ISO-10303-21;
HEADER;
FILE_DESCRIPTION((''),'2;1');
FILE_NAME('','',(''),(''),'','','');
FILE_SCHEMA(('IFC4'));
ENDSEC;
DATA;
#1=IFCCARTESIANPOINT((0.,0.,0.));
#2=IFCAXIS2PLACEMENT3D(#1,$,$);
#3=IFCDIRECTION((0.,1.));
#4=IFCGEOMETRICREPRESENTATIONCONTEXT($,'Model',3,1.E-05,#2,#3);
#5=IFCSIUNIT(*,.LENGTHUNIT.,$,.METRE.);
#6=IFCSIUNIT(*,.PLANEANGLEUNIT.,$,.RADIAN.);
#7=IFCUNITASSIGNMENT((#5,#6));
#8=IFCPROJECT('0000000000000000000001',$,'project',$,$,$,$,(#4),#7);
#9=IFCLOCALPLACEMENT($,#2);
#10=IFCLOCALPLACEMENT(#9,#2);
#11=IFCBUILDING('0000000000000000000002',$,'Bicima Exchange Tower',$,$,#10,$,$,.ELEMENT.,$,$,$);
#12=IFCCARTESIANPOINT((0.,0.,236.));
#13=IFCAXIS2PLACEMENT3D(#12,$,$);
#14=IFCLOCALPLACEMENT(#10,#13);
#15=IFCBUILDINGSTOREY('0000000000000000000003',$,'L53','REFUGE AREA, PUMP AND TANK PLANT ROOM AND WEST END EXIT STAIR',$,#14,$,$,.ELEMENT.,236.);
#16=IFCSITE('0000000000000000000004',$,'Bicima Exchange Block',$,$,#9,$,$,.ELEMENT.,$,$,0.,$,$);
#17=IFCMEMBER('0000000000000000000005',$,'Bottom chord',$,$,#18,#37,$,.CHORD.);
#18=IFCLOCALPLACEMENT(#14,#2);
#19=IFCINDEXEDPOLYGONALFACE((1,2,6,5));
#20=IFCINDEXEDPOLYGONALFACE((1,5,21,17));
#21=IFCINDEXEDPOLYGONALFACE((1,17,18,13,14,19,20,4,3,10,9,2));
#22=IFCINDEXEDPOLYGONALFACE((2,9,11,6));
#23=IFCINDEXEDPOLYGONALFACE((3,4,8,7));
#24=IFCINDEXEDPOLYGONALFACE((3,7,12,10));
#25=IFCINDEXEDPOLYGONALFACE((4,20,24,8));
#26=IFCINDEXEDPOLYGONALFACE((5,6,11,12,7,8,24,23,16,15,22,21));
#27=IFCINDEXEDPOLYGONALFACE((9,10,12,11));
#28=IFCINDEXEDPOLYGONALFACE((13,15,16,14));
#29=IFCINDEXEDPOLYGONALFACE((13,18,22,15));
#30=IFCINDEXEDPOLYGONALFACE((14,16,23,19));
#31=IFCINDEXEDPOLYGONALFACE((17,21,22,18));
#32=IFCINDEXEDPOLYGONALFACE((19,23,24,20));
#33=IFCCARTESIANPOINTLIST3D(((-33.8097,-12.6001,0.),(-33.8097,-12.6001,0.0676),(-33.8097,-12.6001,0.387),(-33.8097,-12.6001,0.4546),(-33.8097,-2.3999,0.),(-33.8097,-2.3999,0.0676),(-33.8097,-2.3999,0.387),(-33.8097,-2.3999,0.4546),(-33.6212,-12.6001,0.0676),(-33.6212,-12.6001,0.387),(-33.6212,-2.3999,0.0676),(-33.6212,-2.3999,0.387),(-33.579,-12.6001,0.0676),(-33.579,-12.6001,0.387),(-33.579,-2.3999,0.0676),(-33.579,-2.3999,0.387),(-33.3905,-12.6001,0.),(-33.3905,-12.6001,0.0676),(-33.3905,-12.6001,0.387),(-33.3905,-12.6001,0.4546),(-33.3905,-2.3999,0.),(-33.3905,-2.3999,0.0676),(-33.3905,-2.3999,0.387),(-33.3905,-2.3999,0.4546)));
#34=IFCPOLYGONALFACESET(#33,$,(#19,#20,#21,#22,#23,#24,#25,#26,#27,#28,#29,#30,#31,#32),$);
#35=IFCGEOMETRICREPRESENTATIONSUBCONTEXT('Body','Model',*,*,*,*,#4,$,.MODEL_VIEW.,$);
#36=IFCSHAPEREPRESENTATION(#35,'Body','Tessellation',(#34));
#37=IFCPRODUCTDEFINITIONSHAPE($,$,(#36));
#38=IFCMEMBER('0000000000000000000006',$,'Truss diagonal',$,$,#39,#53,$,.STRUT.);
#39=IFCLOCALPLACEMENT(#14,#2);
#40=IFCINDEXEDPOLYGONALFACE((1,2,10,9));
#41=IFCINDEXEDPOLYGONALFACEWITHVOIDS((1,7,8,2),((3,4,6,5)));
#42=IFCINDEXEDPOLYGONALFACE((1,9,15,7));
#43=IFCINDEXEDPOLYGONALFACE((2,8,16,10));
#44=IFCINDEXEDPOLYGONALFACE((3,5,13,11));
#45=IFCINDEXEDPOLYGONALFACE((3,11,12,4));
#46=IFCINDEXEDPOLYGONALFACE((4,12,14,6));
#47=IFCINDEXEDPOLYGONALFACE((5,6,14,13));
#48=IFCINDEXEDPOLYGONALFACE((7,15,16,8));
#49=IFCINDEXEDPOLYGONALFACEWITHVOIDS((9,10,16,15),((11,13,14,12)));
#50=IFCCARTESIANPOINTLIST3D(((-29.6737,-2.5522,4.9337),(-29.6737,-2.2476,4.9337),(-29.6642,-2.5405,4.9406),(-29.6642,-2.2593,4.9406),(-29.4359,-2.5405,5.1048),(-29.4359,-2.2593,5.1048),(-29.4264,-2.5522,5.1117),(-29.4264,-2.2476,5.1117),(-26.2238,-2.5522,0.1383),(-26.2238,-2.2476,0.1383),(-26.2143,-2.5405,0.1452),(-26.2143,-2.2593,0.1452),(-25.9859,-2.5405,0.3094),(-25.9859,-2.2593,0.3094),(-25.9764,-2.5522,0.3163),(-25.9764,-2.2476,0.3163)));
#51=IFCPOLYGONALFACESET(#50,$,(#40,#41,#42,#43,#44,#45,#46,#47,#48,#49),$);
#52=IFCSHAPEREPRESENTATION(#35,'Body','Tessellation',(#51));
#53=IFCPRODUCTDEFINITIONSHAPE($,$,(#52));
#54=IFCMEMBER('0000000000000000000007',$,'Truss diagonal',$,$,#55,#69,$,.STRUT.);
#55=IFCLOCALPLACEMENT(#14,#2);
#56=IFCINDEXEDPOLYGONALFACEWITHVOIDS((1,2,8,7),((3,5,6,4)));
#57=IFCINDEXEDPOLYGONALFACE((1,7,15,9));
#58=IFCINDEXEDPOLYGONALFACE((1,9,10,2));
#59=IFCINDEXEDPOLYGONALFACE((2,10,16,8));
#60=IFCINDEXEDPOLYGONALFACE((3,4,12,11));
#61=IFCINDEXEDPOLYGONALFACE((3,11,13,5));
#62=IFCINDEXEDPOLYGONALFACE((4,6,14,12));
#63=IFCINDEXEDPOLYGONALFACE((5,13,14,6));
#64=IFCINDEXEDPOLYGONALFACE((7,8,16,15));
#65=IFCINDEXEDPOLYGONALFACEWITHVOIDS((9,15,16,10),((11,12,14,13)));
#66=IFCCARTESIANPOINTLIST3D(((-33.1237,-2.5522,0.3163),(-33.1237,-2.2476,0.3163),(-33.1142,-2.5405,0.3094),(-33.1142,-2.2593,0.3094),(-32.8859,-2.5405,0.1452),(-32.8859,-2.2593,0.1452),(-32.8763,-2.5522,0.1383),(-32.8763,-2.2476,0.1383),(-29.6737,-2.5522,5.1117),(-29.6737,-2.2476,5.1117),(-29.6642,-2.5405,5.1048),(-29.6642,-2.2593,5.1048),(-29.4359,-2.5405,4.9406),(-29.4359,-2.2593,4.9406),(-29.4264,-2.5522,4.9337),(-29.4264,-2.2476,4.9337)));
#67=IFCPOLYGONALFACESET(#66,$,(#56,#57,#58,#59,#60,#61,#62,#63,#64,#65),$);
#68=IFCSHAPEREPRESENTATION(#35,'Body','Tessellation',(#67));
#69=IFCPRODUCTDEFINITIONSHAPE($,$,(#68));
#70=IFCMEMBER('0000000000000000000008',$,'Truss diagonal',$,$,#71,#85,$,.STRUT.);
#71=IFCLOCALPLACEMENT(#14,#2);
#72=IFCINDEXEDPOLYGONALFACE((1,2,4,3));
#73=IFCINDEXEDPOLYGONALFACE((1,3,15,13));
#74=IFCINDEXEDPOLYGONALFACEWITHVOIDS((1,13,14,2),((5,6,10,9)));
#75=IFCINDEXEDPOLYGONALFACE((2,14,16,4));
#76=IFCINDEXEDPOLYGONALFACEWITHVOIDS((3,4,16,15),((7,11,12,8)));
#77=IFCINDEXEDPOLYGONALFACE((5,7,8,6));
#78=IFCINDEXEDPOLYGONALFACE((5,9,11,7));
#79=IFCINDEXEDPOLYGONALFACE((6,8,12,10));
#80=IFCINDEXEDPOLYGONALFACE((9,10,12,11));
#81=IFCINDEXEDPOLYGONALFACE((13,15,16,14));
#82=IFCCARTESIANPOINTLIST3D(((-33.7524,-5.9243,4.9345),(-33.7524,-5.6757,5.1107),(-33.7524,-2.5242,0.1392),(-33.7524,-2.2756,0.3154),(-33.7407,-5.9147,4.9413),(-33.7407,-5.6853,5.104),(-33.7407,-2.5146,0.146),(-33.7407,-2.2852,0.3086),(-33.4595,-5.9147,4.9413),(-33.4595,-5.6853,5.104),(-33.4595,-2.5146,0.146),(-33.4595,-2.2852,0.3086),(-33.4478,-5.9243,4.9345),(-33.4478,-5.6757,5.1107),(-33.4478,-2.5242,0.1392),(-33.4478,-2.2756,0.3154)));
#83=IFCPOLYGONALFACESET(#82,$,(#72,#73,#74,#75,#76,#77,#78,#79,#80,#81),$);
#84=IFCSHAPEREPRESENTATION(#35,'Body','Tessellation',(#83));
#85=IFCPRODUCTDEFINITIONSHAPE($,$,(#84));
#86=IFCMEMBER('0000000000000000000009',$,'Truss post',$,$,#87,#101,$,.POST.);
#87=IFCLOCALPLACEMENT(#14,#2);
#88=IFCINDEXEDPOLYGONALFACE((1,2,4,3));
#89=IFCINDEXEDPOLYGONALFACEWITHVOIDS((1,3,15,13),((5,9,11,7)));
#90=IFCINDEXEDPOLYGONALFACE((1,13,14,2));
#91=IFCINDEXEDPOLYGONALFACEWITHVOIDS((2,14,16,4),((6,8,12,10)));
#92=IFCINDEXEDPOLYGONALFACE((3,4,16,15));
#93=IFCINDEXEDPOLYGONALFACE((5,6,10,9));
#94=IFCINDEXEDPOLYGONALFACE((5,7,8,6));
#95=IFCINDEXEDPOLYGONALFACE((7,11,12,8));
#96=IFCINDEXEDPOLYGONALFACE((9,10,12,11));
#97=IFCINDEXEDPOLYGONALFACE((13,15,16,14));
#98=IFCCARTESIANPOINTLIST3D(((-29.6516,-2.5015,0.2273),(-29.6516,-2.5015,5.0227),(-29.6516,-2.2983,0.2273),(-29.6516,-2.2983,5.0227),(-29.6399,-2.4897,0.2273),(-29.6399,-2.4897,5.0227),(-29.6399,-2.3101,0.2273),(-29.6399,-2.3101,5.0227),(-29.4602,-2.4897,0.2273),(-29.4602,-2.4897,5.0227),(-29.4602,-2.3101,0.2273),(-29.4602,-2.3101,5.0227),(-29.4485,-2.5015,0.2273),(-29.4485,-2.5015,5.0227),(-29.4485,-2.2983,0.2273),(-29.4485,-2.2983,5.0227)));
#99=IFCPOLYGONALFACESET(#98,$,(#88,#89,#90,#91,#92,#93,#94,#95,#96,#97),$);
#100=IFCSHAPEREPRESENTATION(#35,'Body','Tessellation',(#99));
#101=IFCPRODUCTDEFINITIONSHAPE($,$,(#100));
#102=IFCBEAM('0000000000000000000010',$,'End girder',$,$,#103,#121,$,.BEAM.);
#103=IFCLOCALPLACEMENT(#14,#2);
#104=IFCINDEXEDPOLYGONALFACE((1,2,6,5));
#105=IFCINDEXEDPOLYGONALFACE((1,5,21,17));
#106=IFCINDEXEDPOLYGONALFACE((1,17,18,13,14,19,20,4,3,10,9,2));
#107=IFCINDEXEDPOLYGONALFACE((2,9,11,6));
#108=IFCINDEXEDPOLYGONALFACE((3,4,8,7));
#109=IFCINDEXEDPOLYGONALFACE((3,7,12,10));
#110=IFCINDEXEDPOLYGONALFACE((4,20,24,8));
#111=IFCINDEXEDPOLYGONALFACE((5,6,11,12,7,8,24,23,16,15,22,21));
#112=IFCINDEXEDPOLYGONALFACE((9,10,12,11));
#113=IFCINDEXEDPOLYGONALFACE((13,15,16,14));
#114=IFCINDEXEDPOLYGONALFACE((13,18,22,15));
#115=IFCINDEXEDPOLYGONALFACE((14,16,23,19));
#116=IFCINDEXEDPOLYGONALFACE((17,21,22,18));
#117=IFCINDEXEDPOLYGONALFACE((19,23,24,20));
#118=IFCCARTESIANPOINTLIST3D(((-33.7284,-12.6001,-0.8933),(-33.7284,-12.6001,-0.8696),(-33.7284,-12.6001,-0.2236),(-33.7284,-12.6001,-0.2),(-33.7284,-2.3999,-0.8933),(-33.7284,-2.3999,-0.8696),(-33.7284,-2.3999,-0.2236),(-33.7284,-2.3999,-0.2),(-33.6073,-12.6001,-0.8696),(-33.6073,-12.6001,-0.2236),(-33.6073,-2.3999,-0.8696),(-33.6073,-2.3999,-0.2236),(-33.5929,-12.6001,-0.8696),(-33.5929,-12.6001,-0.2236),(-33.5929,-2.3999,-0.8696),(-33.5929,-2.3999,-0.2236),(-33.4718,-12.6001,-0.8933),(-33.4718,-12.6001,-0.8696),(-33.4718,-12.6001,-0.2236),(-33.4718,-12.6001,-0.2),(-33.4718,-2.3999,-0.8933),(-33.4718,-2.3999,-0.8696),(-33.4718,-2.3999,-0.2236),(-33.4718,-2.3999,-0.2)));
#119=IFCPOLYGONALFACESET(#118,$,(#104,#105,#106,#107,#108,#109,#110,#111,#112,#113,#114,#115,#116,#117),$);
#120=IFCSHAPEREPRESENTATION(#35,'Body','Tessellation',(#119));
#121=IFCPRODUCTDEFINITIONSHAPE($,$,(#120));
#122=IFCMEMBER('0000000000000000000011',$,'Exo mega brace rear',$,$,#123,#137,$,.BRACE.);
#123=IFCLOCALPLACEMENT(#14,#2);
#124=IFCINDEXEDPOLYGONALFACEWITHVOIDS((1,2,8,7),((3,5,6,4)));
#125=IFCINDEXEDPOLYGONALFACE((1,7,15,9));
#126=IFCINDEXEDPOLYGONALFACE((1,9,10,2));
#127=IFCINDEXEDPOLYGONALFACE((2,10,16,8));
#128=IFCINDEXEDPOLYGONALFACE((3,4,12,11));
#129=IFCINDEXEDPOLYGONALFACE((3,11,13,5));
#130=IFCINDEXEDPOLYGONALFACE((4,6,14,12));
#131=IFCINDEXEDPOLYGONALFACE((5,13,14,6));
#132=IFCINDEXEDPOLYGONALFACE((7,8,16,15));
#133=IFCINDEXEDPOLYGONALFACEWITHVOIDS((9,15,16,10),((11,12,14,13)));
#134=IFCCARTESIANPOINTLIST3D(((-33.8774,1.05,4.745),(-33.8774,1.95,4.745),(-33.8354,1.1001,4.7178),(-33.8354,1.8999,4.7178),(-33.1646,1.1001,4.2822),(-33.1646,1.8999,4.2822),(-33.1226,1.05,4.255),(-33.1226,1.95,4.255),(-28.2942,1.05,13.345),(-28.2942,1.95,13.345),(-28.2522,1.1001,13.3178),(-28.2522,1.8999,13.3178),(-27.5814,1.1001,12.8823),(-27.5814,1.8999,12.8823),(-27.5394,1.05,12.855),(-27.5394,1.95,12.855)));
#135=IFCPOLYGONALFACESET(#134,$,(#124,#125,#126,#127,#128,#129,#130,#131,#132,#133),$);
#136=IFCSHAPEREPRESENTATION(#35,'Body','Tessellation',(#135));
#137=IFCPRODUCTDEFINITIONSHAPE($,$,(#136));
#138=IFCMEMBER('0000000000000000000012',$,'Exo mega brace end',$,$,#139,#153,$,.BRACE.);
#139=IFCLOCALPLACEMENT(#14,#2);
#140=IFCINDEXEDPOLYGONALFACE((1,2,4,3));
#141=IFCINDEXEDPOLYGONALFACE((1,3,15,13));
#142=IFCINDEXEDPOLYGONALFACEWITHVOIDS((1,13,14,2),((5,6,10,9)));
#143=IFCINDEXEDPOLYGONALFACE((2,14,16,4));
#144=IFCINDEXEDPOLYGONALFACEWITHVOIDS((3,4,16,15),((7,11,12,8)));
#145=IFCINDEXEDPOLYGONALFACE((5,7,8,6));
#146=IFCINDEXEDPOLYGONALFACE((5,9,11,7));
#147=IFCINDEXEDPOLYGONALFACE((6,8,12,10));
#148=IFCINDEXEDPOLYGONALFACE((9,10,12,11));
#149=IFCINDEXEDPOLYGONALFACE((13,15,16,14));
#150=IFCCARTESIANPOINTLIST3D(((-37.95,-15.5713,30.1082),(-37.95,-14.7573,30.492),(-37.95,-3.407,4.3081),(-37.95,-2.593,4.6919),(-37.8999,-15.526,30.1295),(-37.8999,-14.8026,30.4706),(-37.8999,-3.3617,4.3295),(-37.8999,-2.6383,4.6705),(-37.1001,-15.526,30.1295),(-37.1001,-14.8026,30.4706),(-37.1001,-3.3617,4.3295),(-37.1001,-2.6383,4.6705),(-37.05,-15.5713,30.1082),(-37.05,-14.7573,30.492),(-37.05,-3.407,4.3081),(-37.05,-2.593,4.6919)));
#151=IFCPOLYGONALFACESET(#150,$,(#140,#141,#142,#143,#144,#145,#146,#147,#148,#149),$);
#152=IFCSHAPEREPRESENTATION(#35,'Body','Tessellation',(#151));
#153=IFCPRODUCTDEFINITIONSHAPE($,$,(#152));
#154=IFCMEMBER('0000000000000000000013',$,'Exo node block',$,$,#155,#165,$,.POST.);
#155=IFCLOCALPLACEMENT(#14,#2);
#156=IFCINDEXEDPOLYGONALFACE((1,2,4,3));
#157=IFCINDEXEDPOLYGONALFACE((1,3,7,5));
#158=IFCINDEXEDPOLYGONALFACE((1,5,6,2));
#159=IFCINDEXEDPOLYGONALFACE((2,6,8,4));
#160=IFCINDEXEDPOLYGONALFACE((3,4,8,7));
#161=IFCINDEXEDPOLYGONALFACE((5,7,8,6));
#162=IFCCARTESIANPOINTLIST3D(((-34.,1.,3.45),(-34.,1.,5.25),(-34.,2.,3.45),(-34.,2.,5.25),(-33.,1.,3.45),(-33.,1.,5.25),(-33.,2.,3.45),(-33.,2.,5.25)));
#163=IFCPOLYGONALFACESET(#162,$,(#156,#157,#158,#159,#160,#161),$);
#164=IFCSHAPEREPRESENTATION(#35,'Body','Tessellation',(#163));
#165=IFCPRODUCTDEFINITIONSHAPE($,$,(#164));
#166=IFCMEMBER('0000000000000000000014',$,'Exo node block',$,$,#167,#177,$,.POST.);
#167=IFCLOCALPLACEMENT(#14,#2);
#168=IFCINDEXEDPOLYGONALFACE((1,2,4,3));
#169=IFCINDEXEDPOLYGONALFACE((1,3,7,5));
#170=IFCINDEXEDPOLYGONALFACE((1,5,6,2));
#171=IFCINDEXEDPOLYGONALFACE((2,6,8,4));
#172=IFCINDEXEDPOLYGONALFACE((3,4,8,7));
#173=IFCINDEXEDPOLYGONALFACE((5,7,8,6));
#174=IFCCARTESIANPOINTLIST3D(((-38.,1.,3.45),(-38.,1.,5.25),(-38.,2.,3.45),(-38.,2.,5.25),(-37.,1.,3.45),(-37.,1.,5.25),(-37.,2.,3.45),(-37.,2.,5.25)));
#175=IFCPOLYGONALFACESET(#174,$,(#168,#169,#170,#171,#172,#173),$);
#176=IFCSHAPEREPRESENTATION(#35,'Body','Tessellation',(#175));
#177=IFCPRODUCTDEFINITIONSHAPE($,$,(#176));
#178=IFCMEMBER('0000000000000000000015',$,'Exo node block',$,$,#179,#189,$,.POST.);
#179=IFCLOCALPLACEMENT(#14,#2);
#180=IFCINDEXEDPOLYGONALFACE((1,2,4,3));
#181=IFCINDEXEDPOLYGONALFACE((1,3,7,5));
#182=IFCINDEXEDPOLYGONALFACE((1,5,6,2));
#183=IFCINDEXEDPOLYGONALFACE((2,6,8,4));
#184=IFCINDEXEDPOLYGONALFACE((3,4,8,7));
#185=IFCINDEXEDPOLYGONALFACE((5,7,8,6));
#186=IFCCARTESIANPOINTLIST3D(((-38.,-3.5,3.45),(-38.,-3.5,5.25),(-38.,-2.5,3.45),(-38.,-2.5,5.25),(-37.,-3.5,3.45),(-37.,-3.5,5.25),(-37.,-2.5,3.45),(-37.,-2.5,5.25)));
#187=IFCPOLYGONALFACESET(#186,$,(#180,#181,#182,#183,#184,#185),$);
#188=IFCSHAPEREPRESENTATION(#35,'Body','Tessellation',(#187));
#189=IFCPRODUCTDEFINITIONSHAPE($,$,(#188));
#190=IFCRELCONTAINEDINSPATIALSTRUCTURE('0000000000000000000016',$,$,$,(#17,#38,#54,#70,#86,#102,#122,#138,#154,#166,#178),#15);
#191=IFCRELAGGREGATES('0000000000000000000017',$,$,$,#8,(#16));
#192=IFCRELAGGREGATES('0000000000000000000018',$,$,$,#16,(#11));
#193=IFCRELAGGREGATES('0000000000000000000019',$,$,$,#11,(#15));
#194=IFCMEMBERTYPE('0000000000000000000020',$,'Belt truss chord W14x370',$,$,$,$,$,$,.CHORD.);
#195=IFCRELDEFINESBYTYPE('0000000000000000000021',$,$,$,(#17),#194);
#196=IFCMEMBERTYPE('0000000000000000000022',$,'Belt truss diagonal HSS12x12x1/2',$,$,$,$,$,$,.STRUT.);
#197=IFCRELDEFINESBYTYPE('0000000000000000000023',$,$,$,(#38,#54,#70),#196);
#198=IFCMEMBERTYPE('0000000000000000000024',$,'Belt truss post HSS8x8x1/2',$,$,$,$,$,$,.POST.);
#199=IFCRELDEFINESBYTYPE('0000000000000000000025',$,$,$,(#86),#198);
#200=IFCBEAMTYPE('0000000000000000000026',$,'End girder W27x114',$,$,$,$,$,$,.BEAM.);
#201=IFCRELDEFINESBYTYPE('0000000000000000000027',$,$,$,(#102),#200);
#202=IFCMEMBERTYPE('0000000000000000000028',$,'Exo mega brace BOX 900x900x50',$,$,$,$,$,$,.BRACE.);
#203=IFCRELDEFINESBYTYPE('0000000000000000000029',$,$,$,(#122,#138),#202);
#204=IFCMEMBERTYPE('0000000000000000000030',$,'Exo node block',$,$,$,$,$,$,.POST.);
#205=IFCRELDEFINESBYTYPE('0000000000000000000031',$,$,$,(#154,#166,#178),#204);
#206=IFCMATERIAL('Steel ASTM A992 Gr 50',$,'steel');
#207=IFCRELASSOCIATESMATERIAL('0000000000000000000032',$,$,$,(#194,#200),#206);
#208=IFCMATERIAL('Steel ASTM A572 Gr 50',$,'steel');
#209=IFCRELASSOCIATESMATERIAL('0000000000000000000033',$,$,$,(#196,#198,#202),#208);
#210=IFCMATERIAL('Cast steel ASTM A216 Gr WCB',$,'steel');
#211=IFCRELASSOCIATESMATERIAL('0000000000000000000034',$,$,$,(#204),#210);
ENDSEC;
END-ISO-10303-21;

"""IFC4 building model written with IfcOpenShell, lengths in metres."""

from ifc_helpers import new_model, si_unit, direction, frame, origin, origin_2d, place, context, subcontext, project, spatial, rectangle, hollow_rectangle, i_section, extrude, material, material_profile, profile_set, type_object, element, save


model = new_model("IFC4")

# Units and contexts
model_context = context("Model", 3, precision=1e-05, world=origin(), true_north=direction((0.0, 1.0)))
body_context = subcontext(model_context, "Body", "Model", "MODEL_VIEW")
ifc_project = project(units=[si_unit("LENGTHUNIT", "METRE"), si_unit("PLANEANGLEUNIT", "RADIAN")], contexts=[model_context])

# Site, building, storey
site_placement = place(None, origin())
site = spatial("IfcSite", under=ifc_project, at=site_placement, Name="Bicima Exchange Block", CompositionType="ELEMENT", RefElevation=0.0)
building_placement = place(site_placement, origin())
building = spatial("IfcBuilding", under=site, at=building_placement, Name="Bicima Exchange Tower", CompositionType="ELEMENT")
storey_placement = place(building_placement, frame((0.0, 0.0, 236.0)))
storey = spatial("IfcBuildingStorey", under=building, at=storey_placement, Name="L53", Description="REFUGE AREA, PUMP AND TANK PLANT ROOM AND WEST END EXIT STAIR", CompositionType="ELEMENT", Elevation=236.0)

# Shared definitions
ifc_material_1 = material(Name="Steel ASTM A572 Gr 50", Category="steel")
ifc_material_2 = material(Name="Steel ASTM A992 Gr 50", Category="steel")

# Members
ifc_material_profile_1 = material_profile(ifc_material_2, i_section(OverallWidth=0.4192, OverallDepth=0.4546, WebThickness=0.0422, FlangeThickness=0.0676, at=origin_2d()))
ifc_profile_set_1 = profile_set([ifc_material_profile_1], Name="Steel ASTM A992 Gr 50")
member_type_1 = type_object("IfcMemberType", Name="Belt truss chord W14x370", PredefinedType="CHORD", material=ifc_profile_set_1)
for number, where, z_axis, x_axis, name in (
    (1, (-33.6001, -2.3999, 0.2273), (0.0, -1.0, 0.0), (1.0, 0.0, 0.0), "Bottom chord"),
):
    element("IfcMember", number, at=place(storey_placement, frame(where, z_axis=z_axis, x_axis=x_axis)), inside=storey, type_object=member_type_1, Name=name, PredefinedType="CHORD", context=body_context, shape_type="SweptSolid", body=[
        extrude(i_section(OverallWidth=0.4192, OverallDepth=0.4546, WebThickness=0.0422, FlangeThickness=0.0676, at=origin_2d()), origin(), (0.0, 0.0, 1.0), 10.2002),
    ])
ifc_material_profile_2 = material_profile(ifc_material_1, hollow_rectangle(XDim=0.3047, YDim=0.3047, WallThickness=0.0117, at=origin_2d()))
ifc_profile_set_2 = profile_set([ifc_material_profile_2], Name="Steel ASTM A572 Gr 50")
member_type_2 = type_object("IfcMemberType", Name="Belt truss diagonal HSS12x12x1/2", PredefinedType="STRUT", material=ifc_profile_set_2)
for number, where, z_axis, x_axis, name in (
    (2, (-26.1001, -2.3999, 0.2273), (-0.583999, 0.0, 0.811755), (0.0, -1.0, 0.0), "Truss diagonal"),
    (3, (-29.55, -2.3999, 5.0227), (-0.583999, 0.0, -0.811755), (0.0, -1.0, 0.0), "Truss diagonal"),
):
    element("IfcMember", number, at=place(storey_placement, frame(where, z_axis=z_axis, x_axis=x_axis)), inside=storey, type_object=member_type_2, Name=name, PredefinedType="STRUT", context=body_context, shape_type="SweptSolid", body=[
        extrude(hollow_rectangle(XDim=0.3047, YDim=0.3047, WallThickness=0.0117, at=origin_2d()), origin(), (0.0, 0.0, 1.0), 5.9075),
    ])
member_1_placement = place(storey_placement, frame((-33.6001, -2.3999, 0.2273), z_axis=(0.0, -0.578402, 0.815752), x_axis=(1.0, 0.0, 0.0)))
element("IfcMember", 4, at=member_1_placement, inside=storey, type_object=member_type_2, Name="Truss diagonal", PredefinedType="STRUT", context=body_context, shape_type="SweptSolid", body=[
    extrude(hollow_rectangle(XDim=0.3047, YDim=0.3047, WallThickness=0.0117, at=origin_2d()), origin(), (0.0, 0.0, 1.0), 5.8784),
])
ifc_material_profile_3 = material_profile(ifc_material_1, hollow_rectangle(XDim=0.2031, YDim=0.2031, WallThickness=0.0117, at=origin_2d()))
ifc_profile_set_3 = profile_set([ifc_material_profile_3], Name="Steel ASTM A572 Gr 50")
member_type_3 = type_object("IfcMemberType", Name="Belt truss post HSS8x8x1/2", PredefinedType="POST", material=ifc_profile_set_3)
member_2_placement = place(storey_placement, frame((-29.55, -2.3999, 0.2273), z_axis=(0.0, 0.0, 1.0), x_axis=(1.0, 0.0, 0.0)))
element("IfcMember", 5, at=member_2_placement, inside=storey, type_object=member_type_3, Name="Truss post", PredefinedType="POST", context=body_context, shape_type="SweptSolid", body=[
    extrude(hollow_rectangle(XDim=0.2031, YDim=0.2031, WallThickness=0.0117, at=origin_2d()), origin(), (0.0, 0.0, 1.0), 4.7954),
])

# Beam
ifc_material_profile_4 = material_profile(ifc_material_2, i_section(OverallWidth=0.2566, OverallDepth=0.6934, WebThickness=0.0144, FlangeThickness=0.0237, at=origin_2d()))
ifc_profile_set_4 = profile_set([ifc_material_profile_4], Name="Steel ASTM A992 Gr 50")
beam_type_1 = type_object("IfcBeamType", Name="End girder W27x114", PredefinedType="BEAM", material=ifc_profile_set_4)
beam_1_placement = place(storey_placement, frame((-33.6001, -2.3999, -0.5466), z_axis=(0.0, -1.0, 0.0), x_axis=(1.0, 0.0, 0.0)))
element("IfcBeam", 6, at=beam_1_placement, inside=storey, type_object=beam_type_1, Name="End girder", PredefinedType="BEAM", context=body_context, shape_type="SweptSolid", body=[
    extrude(i_section(OverallWidth=0.2566, OverallDepth=0.6934, WebThickness=0.0144, FlangeThickness=0.0237, at=origin_2d()), origin(), (0.0, 0.0, 1.0), 10.2002),
])

# Members
ifc_material_profile_5 = material_profile(ifc_material_1, hollow_rectangle(XDim=0.8999, YDim=0.8999, WallThickness=0.05, at=origin_2d()))
ifc_profile_set_5 = profile_set([ifc_material_profile_5], Name="Steel ASTM A572 Gr 50")
member_type_4 = type_object("IfcMemberType", Name="Exo mega brace BOX 900x900x50", PredefinedType="BRACE", material=ifc_profile_set_5)
member_3_placement = place(storey_placement, frame((-33.5, 1.5, 4.5), z_axis=(0.544521, 0.0, 0.838747), x_axis=(0.0, 1.0, 0.0)))
element("IfcMember", 7, at=member_3_placement, inside=storey, type_object=member_type_4, Name="Exo mega brace rear", PredefinedType="BRACE", context=body_context, shape_type="SweptSolid", body=[
    extrude(hollow_rectangle(XDim=0.8999, YDim=0.8999, WallThickness=0.05, at=origin_2d()), origin(), (0.0, 0.0, 1.0), 10.2534),
])
member_4_placement = place(storey_placement, frame((-37.5, -3.0, 4.5), z_axis=(0.0, -0.42646, 0.904506), x_axis=(1.0, 0.0, 0.0)))
element("IfcMember", 8, at=member_4_placement, inside=storey, type_object=member_type_4, Name="Exo mega brace end", PredefinedType="BRACE", context=body_context, shape_type="SweptSolid", body=[
    extrude(hollow_rectangle(XDim=0.8999, YDim=0.8999, WallThickness=0.05, at=origin_2d()), origin(), (0.0, 0.0, 1.0), 28.5239),
])
ifc_material_3 = material(Name="Cast steel ASTM A216 Gr WCB", Category="steel")
ifc_material_profile_6 = material_profile(ifc_material_3, rectangle(XDim=1.0, YDim=1.0, at=origin_2d()))
ifc_profile_set_6 = profile_set([ifc_material_profile_6], Name="Cast steel ASTM A216 Gr WCB")
member_type_5 = type_object("IfcMemberType", Name="Exo node block", PredefinedType="POST", material=ifc_profile_set_6)
for number, where, z_axis, x_axis, name in (
    (9, (-33.5, 1.5, 3.45), (0.0, 0.0, 1.0), (1.0, 0.0, 0.0), "Exo node block"),
    (10, (-37.5, 1.5, 3.45), (0.0, 0.0, 1.0), (1.0, 0.0, 0.0), "Exo node block"),
    (11, (-37.5, -3.0, 3.45), (0.0, 0.0, 1.0), (1.0, 0.0, 0.0), "Exo node block"),
):
    element("IfcMember", number, at=place(storey_placement, frame(where, z_axis=z_axis, x_axis=x_axis)), inside=storey, type_object=member_type_5, Name=name, PredefinedType="POST", context=body_context, shape_type="SweptSolid", body=[
        extrude(rectangle(XDim=1.0, YDim=1.0, at=origin_2d()), origin(), (0.0, 0.0, 1.0), 1.8),
    ])

save(model, "model.ifc")
